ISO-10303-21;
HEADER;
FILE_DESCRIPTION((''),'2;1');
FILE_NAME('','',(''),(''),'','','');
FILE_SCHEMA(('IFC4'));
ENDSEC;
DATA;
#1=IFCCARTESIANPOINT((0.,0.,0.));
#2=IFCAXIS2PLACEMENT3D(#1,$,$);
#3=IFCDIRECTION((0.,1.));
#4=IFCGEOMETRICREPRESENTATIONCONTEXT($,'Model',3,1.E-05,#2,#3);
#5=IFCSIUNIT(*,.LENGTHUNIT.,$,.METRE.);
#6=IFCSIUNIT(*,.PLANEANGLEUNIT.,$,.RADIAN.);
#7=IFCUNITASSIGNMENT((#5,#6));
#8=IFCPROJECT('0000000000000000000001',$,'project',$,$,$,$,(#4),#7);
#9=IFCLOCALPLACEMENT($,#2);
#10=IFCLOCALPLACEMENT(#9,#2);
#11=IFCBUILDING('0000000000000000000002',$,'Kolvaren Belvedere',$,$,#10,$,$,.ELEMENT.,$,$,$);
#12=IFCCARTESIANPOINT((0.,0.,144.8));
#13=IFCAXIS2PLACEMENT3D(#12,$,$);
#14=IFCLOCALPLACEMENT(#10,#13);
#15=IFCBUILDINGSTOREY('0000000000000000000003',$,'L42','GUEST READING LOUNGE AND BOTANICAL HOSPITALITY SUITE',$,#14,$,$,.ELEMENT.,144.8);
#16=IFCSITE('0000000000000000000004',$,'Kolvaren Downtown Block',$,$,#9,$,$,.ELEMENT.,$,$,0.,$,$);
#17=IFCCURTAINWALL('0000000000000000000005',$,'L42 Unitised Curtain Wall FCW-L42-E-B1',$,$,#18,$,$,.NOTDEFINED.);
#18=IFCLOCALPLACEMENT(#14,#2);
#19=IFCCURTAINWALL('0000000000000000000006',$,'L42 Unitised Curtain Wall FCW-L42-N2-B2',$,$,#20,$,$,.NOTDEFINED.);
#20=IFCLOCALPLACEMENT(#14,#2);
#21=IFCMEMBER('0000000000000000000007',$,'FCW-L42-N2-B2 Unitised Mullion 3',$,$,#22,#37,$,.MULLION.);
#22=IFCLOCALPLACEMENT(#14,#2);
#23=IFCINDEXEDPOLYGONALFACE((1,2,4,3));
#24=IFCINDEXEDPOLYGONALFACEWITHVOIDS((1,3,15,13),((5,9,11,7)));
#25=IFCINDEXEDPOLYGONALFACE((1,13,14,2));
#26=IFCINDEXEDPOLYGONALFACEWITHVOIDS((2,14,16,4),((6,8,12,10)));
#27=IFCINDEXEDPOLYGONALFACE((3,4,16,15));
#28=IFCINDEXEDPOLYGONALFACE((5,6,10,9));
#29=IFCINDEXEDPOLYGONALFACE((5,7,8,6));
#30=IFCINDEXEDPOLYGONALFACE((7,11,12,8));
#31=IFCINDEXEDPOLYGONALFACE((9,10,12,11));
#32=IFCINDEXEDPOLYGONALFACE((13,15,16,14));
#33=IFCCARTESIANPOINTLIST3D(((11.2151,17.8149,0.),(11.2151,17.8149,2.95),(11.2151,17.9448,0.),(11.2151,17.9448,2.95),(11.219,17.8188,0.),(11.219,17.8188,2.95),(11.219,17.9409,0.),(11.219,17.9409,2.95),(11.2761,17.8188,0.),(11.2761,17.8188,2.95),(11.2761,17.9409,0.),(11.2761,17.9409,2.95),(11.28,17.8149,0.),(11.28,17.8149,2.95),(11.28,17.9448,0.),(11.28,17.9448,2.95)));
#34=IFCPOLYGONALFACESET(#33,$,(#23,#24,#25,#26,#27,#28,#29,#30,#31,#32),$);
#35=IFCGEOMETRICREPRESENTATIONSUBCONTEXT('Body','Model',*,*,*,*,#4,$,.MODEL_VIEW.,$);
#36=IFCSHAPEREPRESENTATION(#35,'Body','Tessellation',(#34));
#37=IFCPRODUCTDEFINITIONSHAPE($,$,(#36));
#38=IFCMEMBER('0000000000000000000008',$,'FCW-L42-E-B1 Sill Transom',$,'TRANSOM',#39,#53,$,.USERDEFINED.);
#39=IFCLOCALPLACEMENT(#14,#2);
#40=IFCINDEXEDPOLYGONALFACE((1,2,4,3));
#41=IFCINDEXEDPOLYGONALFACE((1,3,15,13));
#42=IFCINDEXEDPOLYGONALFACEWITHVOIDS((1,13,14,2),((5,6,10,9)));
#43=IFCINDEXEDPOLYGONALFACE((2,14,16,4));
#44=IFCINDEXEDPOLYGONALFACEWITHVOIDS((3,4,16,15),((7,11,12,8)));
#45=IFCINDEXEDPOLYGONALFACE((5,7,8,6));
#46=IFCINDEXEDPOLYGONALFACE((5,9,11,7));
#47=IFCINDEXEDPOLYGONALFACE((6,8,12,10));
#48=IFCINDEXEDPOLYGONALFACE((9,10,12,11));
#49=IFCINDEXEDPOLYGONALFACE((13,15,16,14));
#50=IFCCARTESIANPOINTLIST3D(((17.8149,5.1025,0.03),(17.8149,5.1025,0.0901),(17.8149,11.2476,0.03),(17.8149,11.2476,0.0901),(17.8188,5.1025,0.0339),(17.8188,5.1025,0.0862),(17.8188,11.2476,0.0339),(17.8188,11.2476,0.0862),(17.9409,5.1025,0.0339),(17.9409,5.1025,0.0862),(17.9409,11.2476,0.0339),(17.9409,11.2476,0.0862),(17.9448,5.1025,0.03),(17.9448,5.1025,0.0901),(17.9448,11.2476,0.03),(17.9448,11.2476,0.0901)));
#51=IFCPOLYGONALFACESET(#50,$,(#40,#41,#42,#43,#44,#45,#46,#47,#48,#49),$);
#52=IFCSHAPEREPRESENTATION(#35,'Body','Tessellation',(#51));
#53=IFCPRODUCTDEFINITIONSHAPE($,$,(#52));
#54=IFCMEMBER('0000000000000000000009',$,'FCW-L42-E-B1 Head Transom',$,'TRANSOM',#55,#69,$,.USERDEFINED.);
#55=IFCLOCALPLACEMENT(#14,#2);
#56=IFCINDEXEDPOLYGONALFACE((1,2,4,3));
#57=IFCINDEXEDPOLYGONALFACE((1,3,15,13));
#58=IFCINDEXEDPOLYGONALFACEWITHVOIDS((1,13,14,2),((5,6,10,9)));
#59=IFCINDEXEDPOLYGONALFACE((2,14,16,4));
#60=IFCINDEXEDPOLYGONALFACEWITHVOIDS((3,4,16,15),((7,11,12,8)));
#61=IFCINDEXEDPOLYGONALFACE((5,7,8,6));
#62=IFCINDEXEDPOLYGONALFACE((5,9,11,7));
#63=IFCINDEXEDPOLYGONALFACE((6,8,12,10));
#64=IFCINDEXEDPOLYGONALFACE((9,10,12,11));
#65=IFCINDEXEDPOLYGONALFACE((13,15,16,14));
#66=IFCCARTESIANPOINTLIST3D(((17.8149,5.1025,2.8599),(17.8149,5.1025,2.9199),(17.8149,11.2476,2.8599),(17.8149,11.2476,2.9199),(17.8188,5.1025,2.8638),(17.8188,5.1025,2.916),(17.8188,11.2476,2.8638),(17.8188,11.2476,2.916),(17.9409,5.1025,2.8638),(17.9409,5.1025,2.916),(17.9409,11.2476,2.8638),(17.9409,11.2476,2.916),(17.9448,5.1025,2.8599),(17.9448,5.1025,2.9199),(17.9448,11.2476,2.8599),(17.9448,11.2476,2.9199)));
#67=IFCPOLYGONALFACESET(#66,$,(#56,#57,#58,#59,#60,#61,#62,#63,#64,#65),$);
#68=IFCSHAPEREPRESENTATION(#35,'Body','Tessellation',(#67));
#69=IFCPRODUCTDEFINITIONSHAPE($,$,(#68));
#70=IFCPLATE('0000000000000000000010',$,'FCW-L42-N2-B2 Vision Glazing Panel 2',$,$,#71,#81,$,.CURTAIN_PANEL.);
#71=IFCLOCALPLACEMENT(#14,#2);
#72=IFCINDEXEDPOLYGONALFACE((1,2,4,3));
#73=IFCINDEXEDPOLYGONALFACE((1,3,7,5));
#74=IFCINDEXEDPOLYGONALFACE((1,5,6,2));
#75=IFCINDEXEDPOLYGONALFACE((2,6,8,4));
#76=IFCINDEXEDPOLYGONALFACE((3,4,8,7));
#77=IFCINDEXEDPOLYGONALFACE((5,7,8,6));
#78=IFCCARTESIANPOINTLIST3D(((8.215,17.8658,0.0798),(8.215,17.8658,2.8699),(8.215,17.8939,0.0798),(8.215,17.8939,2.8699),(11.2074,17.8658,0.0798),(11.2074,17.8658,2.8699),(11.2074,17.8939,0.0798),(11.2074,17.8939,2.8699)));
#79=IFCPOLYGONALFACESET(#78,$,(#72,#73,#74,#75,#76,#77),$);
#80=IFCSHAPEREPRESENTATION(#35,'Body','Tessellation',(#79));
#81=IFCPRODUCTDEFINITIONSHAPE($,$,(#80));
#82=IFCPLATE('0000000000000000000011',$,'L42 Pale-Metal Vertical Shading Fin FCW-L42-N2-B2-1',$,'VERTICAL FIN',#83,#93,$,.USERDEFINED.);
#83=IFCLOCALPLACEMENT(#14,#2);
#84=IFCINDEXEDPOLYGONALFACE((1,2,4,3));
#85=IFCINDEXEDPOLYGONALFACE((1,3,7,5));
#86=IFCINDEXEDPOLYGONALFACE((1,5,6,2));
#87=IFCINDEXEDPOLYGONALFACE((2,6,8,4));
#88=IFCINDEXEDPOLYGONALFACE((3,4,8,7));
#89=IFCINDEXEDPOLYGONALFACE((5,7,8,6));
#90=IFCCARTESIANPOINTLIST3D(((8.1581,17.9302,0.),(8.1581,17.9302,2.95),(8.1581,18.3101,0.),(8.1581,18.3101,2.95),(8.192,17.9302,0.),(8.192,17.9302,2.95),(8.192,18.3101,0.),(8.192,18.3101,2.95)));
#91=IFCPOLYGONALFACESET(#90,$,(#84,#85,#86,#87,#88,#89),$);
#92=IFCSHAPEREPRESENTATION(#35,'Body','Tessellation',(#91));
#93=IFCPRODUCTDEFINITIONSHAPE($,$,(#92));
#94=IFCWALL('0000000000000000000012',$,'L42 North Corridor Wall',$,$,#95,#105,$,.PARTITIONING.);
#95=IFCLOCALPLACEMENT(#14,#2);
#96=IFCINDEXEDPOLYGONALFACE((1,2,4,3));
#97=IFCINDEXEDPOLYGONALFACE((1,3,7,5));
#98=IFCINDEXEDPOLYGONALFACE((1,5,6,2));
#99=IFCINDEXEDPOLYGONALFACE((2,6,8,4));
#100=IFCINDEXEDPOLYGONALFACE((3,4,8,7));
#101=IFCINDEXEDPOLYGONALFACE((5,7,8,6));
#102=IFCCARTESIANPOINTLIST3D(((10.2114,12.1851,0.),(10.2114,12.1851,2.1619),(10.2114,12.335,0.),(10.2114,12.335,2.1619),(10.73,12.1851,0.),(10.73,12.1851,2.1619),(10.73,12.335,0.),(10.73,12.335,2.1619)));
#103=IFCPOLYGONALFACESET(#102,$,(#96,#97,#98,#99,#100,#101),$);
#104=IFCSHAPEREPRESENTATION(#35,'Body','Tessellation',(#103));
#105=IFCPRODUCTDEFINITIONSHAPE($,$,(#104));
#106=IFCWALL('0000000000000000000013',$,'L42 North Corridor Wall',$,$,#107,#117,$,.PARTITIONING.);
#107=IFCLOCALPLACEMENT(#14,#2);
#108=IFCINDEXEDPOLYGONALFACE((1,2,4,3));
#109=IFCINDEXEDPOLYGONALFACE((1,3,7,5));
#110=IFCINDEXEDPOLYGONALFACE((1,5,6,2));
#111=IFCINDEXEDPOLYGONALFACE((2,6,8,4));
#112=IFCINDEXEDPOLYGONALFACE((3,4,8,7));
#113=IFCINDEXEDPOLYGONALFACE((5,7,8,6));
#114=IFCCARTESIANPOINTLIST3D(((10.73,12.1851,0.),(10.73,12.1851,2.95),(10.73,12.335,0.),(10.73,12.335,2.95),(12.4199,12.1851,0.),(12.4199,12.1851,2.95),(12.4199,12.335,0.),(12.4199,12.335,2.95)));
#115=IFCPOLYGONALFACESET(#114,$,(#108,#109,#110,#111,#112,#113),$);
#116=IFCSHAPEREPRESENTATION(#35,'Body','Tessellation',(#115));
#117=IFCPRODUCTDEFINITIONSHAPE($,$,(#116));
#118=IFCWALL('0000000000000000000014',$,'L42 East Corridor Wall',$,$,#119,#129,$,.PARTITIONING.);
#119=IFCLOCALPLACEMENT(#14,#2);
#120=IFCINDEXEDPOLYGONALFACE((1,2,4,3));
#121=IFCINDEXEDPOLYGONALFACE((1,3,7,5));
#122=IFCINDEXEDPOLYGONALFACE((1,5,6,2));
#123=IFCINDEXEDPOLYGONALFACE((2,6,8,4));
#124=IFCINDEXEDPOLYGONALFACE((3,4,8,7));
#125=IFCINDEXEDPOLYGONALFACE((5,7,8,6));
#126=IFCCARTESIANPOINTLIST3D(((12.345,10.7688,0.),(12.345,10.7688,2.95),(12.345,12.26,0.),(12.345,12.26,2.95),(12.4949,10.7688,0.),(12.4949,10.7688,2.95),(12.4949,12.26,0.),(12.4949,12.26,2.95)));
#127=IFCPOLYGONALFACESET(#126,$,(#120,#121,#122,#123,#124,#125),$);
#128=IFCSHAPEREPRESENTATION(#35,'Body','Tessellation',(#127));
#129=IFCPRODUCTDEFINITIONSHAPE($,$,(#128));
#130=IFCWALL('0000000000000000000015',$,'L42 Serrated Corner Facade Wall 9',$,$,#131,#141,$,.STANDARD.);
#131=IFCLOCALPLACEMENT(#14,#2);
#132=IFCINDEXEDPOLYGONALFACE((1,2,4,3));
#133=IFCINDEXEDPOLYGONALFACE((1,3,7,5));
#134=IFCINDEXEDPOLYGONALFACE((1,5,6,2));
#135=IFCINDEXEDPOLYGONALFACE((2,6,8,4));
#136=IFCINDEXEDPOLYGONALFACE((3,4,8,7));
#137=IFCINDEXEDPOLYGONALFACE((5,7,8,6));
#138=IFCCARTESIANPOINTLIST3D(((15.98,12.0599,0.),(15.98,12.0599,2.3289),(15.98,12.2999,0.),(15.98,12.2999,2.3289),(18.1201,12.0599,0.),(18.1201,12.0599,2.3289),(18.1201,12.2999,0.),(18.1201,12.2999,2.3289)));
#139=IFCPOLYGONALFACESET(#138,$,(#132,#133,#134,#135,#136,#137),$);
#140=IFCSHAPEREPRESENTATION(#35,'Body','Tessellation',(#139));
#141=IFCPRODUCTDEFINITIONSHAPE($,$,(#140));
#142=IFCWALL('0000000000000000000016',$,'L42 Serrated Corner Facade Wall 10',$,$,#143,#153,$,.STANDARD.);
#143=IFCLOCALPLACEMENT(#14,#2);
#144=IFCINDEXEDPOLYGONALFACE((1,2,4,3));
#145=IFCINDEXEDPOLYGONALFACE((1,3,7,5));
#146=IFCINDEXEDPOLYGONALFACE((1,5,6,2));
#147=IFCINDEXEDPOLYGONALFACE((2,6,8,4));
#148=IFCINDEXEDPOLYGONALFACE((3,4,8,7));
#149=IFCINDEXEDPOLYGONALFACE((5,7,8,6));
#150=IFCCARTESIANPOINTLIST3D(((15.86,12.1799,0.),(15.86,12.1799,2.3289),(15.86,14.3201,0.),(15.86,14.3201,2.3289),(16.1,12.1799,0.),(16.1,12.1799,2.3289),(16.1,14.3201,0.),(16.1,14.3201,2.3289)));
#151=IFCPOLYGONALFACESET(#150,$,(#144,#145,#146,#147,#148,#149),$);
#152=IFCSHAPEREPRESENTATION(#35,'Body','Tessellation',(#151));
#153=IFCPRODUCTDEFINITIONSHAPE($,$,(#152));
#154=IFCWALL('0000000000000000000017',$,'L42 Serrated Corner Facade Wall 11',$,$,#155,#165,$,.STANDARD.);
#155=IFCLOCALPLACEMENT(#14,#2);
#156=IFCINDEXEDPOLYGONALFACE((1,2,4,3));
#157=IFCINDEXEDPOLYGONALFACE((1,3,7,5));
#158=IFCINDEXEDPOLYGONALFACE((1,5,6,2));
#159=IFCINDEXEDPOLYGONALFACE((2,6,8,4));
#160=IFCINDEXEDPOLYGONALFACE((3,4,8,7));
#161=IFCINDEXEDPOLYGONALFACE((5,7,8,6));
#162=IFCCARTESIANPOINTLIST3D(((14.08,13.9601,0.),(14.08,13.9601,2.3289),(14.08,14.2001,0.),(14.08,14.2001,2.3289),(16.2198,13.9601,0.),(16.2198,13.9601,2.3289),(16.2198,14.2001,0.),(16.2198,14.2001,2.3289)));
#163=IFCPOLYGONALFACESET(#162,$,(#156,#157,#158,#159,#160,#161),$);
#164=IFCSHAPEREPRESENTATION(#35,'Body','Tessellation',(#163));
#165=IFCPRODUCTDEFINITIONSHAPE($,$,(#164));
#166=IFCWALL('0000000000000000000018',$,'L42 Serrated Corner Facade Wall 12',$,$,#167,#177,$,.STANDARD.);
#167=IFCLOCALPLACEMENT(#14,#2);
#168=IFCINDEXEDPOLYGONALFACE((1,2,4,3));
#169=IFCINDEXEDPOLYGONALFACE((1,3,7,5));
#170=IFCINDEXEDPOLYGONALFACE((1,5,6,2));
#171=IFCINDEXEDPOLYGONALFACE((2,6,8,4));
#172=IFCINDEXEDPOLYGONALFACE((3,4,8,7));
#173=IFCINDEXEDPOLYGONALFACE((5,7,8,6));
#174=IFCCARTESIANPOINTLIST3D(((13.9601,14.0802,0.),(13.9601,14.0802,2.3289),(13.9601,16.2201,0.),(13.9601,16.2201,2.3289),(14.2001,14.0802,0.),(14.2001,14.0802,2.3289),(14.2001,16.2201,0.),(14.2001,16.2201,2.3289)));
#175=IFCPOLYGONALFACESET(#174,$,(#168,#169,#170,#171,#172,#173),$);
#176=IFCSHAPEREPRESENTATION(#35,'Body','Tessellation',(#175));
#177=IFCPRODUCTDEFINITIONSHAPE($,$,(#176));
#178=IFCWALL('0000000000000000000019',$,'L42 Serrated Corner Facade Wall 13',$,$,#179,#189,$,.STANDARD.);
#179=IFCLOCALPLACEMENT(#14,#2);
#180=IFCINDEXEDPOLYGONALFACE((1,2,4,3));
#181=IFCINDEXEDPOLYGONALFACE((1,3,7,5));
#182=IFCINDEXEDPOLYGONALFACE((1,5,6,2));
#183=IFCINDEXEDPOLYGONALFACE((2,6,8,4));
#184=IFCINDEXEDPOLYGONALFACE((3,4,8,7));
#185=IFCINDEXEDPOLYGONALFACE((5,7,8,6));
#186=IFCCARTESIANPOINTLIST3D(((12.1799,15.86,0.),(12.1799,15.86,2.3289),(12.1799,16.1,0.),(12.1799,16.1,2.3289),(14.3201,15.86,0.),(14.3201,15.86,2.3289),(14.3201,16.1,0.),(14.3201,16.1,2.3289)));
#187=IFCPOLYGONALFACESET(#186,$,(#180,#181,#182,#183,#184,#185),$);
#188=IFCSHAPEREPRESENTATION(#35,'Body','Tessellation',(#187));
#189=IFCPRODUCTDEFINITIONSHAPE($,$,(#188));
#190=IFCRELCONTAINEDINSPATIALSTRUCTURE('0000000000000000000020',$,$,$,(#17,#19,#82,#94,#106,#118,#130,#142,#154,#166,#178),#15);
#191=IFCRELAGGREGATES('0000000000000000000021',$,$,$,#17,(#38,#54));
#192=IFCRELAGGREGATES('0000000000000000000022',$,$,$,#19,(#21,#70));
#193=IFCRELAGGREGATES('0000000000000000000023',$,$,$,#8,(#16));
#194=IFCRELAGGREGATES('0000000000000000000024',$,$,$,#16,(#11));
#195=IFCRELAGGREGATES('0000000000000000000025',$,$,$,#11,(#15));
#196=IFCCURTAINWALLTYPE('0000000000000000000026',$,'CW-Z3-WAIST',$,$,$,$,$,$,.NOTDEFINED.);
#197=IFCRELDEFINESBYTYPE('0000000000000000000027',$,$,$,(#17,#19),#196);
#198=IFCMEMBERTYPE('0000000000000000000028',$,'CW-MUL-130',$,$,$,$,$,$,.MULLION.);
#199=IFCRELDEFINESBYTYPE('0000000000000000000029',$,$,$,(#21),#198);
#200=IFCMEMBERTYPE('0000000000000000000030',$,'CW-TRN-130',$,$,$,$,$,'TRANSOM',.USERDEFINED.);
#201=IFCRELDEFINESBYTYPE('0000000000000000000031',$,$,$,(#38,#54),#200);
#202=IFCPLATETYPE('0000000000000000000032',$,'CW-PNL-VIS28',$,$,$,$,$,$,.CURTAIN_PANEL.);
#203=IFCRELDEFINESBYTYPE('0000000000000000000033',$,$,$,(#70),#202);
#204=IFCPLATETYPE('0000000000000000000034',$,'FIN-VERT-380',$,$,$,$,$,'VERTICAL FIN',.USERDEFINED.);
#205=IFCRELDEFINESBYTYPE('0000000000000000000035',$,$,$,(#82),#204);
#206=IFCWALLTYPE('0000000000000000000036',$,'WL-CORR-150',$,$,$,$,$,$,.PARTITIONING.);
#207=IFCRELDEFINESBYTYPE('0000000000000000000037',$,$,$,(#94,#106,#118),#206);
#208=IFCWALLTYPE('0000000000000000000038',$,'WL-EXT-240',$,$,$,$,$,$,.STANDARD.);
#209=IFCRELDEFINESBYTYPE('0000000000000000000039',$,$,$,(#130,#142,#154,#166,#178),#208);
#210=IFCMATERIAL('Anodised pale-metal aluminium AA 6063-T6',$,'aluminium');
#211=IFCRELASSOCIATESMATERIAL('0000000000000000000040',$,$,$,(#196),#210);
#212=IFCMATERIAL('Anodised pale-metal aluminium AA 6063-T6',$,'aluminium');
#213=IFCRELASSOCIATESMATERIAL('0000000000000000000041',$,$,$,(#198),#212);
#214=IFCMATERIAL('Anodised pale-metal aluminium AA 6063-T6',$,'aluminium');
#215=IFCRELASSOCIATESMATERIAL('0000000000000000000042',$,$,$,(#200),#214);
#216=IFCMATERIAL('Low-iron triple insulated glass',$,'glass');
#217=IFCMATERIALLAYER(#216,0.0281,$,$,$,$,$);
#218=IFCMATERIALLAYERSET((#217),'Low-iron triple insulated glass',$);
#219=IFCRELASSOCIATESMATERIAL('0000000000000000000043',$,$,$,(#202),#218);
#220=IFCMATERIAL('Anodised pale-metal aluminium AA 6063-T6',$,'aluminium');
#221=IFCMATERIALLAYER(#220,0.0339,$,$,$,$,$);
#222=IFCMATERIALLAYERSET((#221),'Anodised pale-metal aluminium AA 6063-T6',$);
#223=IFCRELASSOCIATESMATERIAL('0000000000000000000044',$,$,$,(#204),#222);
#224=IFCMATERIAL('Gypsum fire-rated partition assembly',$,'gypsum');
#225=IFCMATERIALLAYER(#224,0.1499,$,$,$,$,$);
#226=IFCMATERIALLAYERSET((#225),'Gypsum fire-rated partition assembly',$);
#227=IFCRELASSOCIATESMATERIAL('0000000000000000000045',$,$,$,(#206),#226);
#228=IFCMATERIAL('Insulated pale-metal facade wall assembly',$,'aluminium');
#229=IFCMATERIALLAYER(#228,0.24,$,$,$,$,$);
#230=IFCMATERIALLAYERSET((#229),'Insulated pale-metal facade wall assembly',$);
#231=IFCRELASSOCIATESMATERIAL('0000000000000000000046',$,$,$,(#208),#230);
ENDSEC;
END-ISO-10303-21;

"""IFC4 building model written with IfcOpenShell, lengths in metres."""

from ifc_helpers import new_model, si_unit, direction, frame, frame_2d, origin, origin_2d, place, context, subcontext, project, spatial, rectangle, hollow_rectangle, extrude, material, layer, layer_set, material_profile, profile_set, type_object, element, aggregate, save


model = new_model("IFC4")

# Units and contexts
model_context = context("Model", 3, precision=1e-05, world=origin(), true_north=direction((0.0, 1.0)))
body_context = subcontext(model_context, "Body", "Model", "MODEL_VIEW")
ifc_project = project(units=[si_unit("LENGTHUNIT", "METRE"), si_unit("PLANEANGLEUNIT", "RADIAN")], contexts=[model_context])

# Site, building, storey
site_placement = place(None, origin())
site = spatial("IfcSite", under=ifc_project, at=site_placement, Name="Kolvaren Downtown Block", CompositionType="ELEMENT", RefElevation=0.0)
building_placement = place(site_placement, origin())
building = spatial("IfcBuilding", under=site, at=building_placement, Name="Kolvaren Belvedere", CompositionType="ELEMENT")
storey_placement = place(building_placement, frame((0.0, 0.0, 144.8)))
storey = spatial("IfcBuildingStorey", under=building, at=storey_placement, Name="L42", Description="GUEST READING LOUNGE AND BOTANICAL HOSPITALITY SUITE", CompositionType="ELEMENT", Elevation=144.8)

# Curtain walls, member
ifc_material_1 = material(Name="Anodised pale-metal aluminium AA 6063-T6", Category="aluminium")
curtain_wall_type = type_object("IfcCurtainWallType", Name="CW-Z3-WAIST", PredefinedType="NOTDEFINED", material=ifc_material_1)
curtain_wall_1_placement = place(storey_placement, origin())
curtain_wall_1 = element("IfcCurtainWall", 1, at=curtain_wall_1_placement, inside=storey, type_object=curtain_wall_type, Name="L42 Unitised Curtain Wall FCW-L42-E-B1", PredefinedType="NOTDEFINED")
ifc_material_2 = material(Name="Anodised pale-metal aluminium AA 6063-T6", Category="aluminium")
ifc_material_profile_1 = material_profile(ifc_material_2, hollow_rectangle(XDim=0.0649, YDim=0.1299, WallThickness=0.0039, at=origin_2d()), Name="ALU-MUL-130X65")
ifc_profile_set_1 = profile_set([ifc_material_profile_1], Name="Anodised pale-metal aluminium AA 6063-T6")
member_type_1 = type_object("IfcMemberType", Name="CW-MUL-130", PredefinedType="MULLION", material=ifc_profile_set_1)
curtain_wall_2_placement = place(storey_placement, origin())
curtain_wall_2 = element("IfcCurtainWall", 2, at=curtain_wall_2_placement, inside=storey, type_object=curtain_wall_type, Name="L42 Unitised Curtain Wall FCW-L42-N2-B2", PredefinedType="NOTDEFINED")
member_1_placement = place(storey_placement, frame((11.2476, 17.8799, 0.0), z_axis=(0.0, 0.0, 1.0), x_axis=(1.0, 0.0, 0.0)))
member_1 = element("IfcMember", 3, at=member_1_placement, type_object=member_type_1, Name="FCW-L42-N2-B2 Unitised Mullion 3", PredefinedType="MULLION", context=body_context, shape_type="SweptSolid", body=[
    extrude(hollow_rectangle(XDim=0.0649, YDim=0.1299, WallThickness=0.0039, at=origin_2d()), origin(), (0.0, 0.0, 1.0), 2.95),
])

# Members
ifc_material_3 = material(Name="Anodised pale-metal aluminium AA 6063-T6", Category="aluminium")
ifc_material_profile_2 = material_profile(ifc_material_3, hollow_rectangle(XDim=0.0601, YDim=0.1299, WallThickness=0.0039, at=origin_2d()), Name="ALU-TRN-130X60")
ifc_profile_set_2 = profile_set([ifc_material_profile_2], Name="Anodised pale-metal aluminium AA 6063-T6")
member_type_2 = type_object("IfcMemberType", Name="CW-TRN-130", ElementType="TRANSOM", PredefinedType="USERDEFINED", material=ifc_profile_set_2)
member_2_placement = place(storey_placement, frame((17.8799, 11.2476, 0.0601), z_axis=(0.0, -1.0, 0.0), x_axis=(0.0, 0.0, 1.0)))
member_2 = element("IfcMember", 4, at=member_2_placement, type_object=member_type_2, Name="FCW-L42-E-B1 Sill Transom", ObjectType="TRANSOM", PredefinedType="USERDEFINED", context=body_context, shape_type="SweptSolid", body=[
    extrude(hollow_rectangle(XDim=0.0601, YDim=0.1299, WallThickness=0.0039, at=origin_2d()), origin(), (0.0, 0.0, 1.0), 6.145),
])
member_3_placement = place(storey_placement, frame((17.8799, 11.2476, 2.8899), z_axis=(0.0, -1.0, 0.0), x_axis=(0.0, 0.0, 1.0)))
member_3 = element("IfcMember", 5, at=member_3_placement, type_object=member_type_2, Name="FCW-L42-E-B1 Head Transom", ObjectType="TRANSOM", PredefinedType="USERDEFINED", context=body_context, shape_type="SweptSolid", body=[
    extrude(hollow_rectangle(XDim=0.0601, YDim=0.1299, WallThickness=0.0039, at=origin_2d()), origin(), (0.0, 0.0, 1.0), 6.145),
])
aggregate(curtain_wall_1, [member_2, member_3])

# Plates
ifc_material_4 = material(Name="Low-iron triple insulated glass", Category="glass")
ifc_layer_1 = layer(ifc_material_4, 0.0281)
ifc_layer_set_1 = layer_set([ifc_layer_1], Name="Low-iron triple insulated glass")
plate_type_1 = type_object("IfcPlateType", Name="CW-PNL-VIS28", PredefinedType="CURTAIN_PANEL", material=ifc_layer_set_1)
plate_1_placement = place(storey_placement, frame((9.7112, 17.8799, 0.0798), z_axis=(0.0, 0.0, 1.0), x_axis=(1.0, 0.0, 0.0)))
plate_1 = element("IfcPlate", 6, at=plate_1_placement, type_object=plate_type_1, Name="FCW-L42-N2-B2 Vision Glazing Panel 2", PredefinedType="CURTAIN_PANEL", context=body_context, shape_type="SweptSolid", body=[
    extrude(rectangle(XDim=2.9924, YDim=0.0281, at=origin_2d()), origin(), (0.0, 0.0, 1.0), 2.79),
])
aggregate(curtain_wall_2, [member_1, plate_1])
ifc_material_5 = material(Name="Anodised pale-metal aluminium AA 6063-T6", Category="aluminium")
ifc_layer_2 = layer(ifc_material_5, 0.0339)
ifc_layer_set_2 = layer_set([ifc_layer_2], Name="Anodised pale-metal aluminium AA 6063-T6")
plate_type_2 = type_object("IfcPlateType", Name="FIN-VERT-380", ElementType="VERTICAL FIN", PredefinedType="USERDEFINED", material=ifc_layer_set_2)
plate_2_placement = place(storey_placement, frame((8.175, 18.1201, 0.0), z_axis=(0.0, 0.0, 1.0), x_axis=(0.0, 1.0, 0.0)))
element("IfcPlate", 7, at=plate_2_placement, inside=storey, type_object=plate_type_2, Name="L42 Pale-Metal Vertical Shading Fin FCW-L42-N2-B2-1", ObjectType="VERTICAL FIN", PredefinedType="USERDEFINED", context=body_context, shape_type="SweptSolid", body=[
    extrude(rectangle(XDim=0.3799, YDim=0.0339, at=origin_2d()), origin(), (0.0, 0.0, 1.0), 2.95),
])

# Walls
ifc_material_6 = material(Name="Gypsum fire-rated partition assembly", Category="gypsum")
ifc_layer_3 = layer(ifc_material_6, 0.1499)
ifc_layer_set_3 = layer_set([ifc_layer_3], Name="Gypsum fire-rated partition assembly")
wall_type_1 = type_object("IfcWallType", Name="WL-CORR-150", PredefinedType="PARTITIONING", material=ifc_layer_set_3)
wall_1_placement = place(storey_placement, frame((10.2114, 12.26, 0.0), z_axis=(0.0, 0.0, 1.0), x_axis=(1.0, 0.0, 0.0)))
element("IfcWall", 8, at=wall_1_placement, inside=storey, type_object=wall_type_1, Name="L42 North Corridor Wall", PredefinedType="PARTITIONING", context=body_context, shape_type="SweptSolid", body=[
    extrude(rectangle(XDim=0.5186, YDim=0.1499, at=frame_2d((0.2593, 0.0))), origin(), (0.0, 0.0, 1.0), 2.1619),
])
wall_2_placement = place(storey_placement, frame((10.73, 12.26, 0.0), z_axis=(0.0, 0.0, 1.0), x_axis=(1.0, 0.0, 0.0)))
element("IfcWall", 9, at=wall_2_placement, inside=storey, type_object=wall_type_1, Name="L42 North Corridor Wall", PredefinedType="PARTITIONING", context=body_context, shape_type="SweptSolid", body=[
    extrude(rectangle(XDim=1.6899, YDim=0.1499, at=frame_2d((0.845, 0.0))), origin(), (0.0, 0.0, 1.0), 2.95),
])
wall_3_placement = place(storey_placement, frame((12.4199, 10.7688, 0.0), z_axis=(0.0, 0.0, 1.0), x_axis=(0.0, 1.0, 0.0)))
element("IfcWall", 10, at=wall_3_placement, inside=storey, type_object=wall_type_1, Name="L42 East Corridor Wall", PredefinedType="PARTITIONING", context=body_context, shape_type="SweptSolid", body=[
    extrude(rectangle(XDim=1.4912, YDim=0.1499, at=frame_2d((0.7456, 0.0))), origin(), (0.0, 0.0, 1.0), 2.95),
])
ifc_material_7 = material(Name="Insulated pale-metal facade wall assembly", Category="aluminium")
ifc_layer_4 = layer(ifc_material_7, 0.24)
ifc_layer_set_4 = layer_set([ifc_layer_4], Name="Insulated pale-metal facade wall assembly")
wall_type_2 = type_object("IfcWallType", Name="WL-EXT-240", PredefinedType="STANDARD", material=ifc_layer_set_4)
for number, where, z_axis, x_axis, name in (
    (11, (15.98, 12.1799, 0.0), (0.0, 0.0, 1.0), (1.0, 0.0, 0.0), "L42 Serrated Corner Facade Wall 9"),
    (12, (15.98, 14.3201, 0.0), (0.0, 0.0, 1.0), (0.0, -1.0, 0.0), "L42 Serrated Corner Facade Wall 10"),
):
    element("IfcWall", number, at=place(storey_placement, frame(where, z_axis=z_axis, x_axis=x_axis)), inside=storey, type_object=wall_type_2, Name=name, PredefinedType="STANDARD", context=body_context, shape_type="SweptSolid", body=[
        extrude(rectangle(XDim=2.1401, YDim=0.24, at=frame_2d((1.0701, 0.0))), origin(), (0.0, 0.0, 1.0), 2.3289),
    ])
for number, where, z_axis, x_axis, name in (
    (13, (14.0801, 14.0801, 0.0), (0.0, 0.0, 1.0), (1.0, 0.0, 0.0), "L42 Serrated Corner Facade Wall 11"),
    (14, (14.0801, 16.22, 0.0), (0.0, 0.0, 1.0), (0.0, -1.0, 0.0), "L42 Serrated Corner Facade Wall 12"),
):
    element("IfcWall", number, at=place(storey_placement, frame(where, z_axis=z_axis, x_axis=x_axis)), inside=storey, type_object=wall_type_2, Name=name, PredefinedType="STANDARD", context=body_context, shape_type="SweptSolid", body=[
        extrude(rectangle(XDim=2.1399, YDim=0.24, at=frame_2d((1.0698, 0.0))), origin(), (0.0, 0.0, 1.0), 2.3289),
    ])
for number, where, z_axis, x_axis, name in (
    (15, (12.1799, 15.98, 0.0), (0.0, 0.0, 1.0), (1.0, 0.0, 0.0), "L42 Serrated Corner Facade Wall 13"),
):
    element("IfcWall", number, at=place(storey_placement, frame(where, z_axis=z_axis, x_axis=x_axis)), inside=storey, type_object=wall_type_2, Name=name, PredefinedType="STANDARD", context=body_context, shape_type="SweptSolid", body=[
        extrude(rectangle(XDim=2.1401, YDim=0.24, at=frame_2d((1.0701, 0.0))), origin(), (0.0, 0.0, 1.0), 2.3289),
    ])

save(model, "model.ifc")
